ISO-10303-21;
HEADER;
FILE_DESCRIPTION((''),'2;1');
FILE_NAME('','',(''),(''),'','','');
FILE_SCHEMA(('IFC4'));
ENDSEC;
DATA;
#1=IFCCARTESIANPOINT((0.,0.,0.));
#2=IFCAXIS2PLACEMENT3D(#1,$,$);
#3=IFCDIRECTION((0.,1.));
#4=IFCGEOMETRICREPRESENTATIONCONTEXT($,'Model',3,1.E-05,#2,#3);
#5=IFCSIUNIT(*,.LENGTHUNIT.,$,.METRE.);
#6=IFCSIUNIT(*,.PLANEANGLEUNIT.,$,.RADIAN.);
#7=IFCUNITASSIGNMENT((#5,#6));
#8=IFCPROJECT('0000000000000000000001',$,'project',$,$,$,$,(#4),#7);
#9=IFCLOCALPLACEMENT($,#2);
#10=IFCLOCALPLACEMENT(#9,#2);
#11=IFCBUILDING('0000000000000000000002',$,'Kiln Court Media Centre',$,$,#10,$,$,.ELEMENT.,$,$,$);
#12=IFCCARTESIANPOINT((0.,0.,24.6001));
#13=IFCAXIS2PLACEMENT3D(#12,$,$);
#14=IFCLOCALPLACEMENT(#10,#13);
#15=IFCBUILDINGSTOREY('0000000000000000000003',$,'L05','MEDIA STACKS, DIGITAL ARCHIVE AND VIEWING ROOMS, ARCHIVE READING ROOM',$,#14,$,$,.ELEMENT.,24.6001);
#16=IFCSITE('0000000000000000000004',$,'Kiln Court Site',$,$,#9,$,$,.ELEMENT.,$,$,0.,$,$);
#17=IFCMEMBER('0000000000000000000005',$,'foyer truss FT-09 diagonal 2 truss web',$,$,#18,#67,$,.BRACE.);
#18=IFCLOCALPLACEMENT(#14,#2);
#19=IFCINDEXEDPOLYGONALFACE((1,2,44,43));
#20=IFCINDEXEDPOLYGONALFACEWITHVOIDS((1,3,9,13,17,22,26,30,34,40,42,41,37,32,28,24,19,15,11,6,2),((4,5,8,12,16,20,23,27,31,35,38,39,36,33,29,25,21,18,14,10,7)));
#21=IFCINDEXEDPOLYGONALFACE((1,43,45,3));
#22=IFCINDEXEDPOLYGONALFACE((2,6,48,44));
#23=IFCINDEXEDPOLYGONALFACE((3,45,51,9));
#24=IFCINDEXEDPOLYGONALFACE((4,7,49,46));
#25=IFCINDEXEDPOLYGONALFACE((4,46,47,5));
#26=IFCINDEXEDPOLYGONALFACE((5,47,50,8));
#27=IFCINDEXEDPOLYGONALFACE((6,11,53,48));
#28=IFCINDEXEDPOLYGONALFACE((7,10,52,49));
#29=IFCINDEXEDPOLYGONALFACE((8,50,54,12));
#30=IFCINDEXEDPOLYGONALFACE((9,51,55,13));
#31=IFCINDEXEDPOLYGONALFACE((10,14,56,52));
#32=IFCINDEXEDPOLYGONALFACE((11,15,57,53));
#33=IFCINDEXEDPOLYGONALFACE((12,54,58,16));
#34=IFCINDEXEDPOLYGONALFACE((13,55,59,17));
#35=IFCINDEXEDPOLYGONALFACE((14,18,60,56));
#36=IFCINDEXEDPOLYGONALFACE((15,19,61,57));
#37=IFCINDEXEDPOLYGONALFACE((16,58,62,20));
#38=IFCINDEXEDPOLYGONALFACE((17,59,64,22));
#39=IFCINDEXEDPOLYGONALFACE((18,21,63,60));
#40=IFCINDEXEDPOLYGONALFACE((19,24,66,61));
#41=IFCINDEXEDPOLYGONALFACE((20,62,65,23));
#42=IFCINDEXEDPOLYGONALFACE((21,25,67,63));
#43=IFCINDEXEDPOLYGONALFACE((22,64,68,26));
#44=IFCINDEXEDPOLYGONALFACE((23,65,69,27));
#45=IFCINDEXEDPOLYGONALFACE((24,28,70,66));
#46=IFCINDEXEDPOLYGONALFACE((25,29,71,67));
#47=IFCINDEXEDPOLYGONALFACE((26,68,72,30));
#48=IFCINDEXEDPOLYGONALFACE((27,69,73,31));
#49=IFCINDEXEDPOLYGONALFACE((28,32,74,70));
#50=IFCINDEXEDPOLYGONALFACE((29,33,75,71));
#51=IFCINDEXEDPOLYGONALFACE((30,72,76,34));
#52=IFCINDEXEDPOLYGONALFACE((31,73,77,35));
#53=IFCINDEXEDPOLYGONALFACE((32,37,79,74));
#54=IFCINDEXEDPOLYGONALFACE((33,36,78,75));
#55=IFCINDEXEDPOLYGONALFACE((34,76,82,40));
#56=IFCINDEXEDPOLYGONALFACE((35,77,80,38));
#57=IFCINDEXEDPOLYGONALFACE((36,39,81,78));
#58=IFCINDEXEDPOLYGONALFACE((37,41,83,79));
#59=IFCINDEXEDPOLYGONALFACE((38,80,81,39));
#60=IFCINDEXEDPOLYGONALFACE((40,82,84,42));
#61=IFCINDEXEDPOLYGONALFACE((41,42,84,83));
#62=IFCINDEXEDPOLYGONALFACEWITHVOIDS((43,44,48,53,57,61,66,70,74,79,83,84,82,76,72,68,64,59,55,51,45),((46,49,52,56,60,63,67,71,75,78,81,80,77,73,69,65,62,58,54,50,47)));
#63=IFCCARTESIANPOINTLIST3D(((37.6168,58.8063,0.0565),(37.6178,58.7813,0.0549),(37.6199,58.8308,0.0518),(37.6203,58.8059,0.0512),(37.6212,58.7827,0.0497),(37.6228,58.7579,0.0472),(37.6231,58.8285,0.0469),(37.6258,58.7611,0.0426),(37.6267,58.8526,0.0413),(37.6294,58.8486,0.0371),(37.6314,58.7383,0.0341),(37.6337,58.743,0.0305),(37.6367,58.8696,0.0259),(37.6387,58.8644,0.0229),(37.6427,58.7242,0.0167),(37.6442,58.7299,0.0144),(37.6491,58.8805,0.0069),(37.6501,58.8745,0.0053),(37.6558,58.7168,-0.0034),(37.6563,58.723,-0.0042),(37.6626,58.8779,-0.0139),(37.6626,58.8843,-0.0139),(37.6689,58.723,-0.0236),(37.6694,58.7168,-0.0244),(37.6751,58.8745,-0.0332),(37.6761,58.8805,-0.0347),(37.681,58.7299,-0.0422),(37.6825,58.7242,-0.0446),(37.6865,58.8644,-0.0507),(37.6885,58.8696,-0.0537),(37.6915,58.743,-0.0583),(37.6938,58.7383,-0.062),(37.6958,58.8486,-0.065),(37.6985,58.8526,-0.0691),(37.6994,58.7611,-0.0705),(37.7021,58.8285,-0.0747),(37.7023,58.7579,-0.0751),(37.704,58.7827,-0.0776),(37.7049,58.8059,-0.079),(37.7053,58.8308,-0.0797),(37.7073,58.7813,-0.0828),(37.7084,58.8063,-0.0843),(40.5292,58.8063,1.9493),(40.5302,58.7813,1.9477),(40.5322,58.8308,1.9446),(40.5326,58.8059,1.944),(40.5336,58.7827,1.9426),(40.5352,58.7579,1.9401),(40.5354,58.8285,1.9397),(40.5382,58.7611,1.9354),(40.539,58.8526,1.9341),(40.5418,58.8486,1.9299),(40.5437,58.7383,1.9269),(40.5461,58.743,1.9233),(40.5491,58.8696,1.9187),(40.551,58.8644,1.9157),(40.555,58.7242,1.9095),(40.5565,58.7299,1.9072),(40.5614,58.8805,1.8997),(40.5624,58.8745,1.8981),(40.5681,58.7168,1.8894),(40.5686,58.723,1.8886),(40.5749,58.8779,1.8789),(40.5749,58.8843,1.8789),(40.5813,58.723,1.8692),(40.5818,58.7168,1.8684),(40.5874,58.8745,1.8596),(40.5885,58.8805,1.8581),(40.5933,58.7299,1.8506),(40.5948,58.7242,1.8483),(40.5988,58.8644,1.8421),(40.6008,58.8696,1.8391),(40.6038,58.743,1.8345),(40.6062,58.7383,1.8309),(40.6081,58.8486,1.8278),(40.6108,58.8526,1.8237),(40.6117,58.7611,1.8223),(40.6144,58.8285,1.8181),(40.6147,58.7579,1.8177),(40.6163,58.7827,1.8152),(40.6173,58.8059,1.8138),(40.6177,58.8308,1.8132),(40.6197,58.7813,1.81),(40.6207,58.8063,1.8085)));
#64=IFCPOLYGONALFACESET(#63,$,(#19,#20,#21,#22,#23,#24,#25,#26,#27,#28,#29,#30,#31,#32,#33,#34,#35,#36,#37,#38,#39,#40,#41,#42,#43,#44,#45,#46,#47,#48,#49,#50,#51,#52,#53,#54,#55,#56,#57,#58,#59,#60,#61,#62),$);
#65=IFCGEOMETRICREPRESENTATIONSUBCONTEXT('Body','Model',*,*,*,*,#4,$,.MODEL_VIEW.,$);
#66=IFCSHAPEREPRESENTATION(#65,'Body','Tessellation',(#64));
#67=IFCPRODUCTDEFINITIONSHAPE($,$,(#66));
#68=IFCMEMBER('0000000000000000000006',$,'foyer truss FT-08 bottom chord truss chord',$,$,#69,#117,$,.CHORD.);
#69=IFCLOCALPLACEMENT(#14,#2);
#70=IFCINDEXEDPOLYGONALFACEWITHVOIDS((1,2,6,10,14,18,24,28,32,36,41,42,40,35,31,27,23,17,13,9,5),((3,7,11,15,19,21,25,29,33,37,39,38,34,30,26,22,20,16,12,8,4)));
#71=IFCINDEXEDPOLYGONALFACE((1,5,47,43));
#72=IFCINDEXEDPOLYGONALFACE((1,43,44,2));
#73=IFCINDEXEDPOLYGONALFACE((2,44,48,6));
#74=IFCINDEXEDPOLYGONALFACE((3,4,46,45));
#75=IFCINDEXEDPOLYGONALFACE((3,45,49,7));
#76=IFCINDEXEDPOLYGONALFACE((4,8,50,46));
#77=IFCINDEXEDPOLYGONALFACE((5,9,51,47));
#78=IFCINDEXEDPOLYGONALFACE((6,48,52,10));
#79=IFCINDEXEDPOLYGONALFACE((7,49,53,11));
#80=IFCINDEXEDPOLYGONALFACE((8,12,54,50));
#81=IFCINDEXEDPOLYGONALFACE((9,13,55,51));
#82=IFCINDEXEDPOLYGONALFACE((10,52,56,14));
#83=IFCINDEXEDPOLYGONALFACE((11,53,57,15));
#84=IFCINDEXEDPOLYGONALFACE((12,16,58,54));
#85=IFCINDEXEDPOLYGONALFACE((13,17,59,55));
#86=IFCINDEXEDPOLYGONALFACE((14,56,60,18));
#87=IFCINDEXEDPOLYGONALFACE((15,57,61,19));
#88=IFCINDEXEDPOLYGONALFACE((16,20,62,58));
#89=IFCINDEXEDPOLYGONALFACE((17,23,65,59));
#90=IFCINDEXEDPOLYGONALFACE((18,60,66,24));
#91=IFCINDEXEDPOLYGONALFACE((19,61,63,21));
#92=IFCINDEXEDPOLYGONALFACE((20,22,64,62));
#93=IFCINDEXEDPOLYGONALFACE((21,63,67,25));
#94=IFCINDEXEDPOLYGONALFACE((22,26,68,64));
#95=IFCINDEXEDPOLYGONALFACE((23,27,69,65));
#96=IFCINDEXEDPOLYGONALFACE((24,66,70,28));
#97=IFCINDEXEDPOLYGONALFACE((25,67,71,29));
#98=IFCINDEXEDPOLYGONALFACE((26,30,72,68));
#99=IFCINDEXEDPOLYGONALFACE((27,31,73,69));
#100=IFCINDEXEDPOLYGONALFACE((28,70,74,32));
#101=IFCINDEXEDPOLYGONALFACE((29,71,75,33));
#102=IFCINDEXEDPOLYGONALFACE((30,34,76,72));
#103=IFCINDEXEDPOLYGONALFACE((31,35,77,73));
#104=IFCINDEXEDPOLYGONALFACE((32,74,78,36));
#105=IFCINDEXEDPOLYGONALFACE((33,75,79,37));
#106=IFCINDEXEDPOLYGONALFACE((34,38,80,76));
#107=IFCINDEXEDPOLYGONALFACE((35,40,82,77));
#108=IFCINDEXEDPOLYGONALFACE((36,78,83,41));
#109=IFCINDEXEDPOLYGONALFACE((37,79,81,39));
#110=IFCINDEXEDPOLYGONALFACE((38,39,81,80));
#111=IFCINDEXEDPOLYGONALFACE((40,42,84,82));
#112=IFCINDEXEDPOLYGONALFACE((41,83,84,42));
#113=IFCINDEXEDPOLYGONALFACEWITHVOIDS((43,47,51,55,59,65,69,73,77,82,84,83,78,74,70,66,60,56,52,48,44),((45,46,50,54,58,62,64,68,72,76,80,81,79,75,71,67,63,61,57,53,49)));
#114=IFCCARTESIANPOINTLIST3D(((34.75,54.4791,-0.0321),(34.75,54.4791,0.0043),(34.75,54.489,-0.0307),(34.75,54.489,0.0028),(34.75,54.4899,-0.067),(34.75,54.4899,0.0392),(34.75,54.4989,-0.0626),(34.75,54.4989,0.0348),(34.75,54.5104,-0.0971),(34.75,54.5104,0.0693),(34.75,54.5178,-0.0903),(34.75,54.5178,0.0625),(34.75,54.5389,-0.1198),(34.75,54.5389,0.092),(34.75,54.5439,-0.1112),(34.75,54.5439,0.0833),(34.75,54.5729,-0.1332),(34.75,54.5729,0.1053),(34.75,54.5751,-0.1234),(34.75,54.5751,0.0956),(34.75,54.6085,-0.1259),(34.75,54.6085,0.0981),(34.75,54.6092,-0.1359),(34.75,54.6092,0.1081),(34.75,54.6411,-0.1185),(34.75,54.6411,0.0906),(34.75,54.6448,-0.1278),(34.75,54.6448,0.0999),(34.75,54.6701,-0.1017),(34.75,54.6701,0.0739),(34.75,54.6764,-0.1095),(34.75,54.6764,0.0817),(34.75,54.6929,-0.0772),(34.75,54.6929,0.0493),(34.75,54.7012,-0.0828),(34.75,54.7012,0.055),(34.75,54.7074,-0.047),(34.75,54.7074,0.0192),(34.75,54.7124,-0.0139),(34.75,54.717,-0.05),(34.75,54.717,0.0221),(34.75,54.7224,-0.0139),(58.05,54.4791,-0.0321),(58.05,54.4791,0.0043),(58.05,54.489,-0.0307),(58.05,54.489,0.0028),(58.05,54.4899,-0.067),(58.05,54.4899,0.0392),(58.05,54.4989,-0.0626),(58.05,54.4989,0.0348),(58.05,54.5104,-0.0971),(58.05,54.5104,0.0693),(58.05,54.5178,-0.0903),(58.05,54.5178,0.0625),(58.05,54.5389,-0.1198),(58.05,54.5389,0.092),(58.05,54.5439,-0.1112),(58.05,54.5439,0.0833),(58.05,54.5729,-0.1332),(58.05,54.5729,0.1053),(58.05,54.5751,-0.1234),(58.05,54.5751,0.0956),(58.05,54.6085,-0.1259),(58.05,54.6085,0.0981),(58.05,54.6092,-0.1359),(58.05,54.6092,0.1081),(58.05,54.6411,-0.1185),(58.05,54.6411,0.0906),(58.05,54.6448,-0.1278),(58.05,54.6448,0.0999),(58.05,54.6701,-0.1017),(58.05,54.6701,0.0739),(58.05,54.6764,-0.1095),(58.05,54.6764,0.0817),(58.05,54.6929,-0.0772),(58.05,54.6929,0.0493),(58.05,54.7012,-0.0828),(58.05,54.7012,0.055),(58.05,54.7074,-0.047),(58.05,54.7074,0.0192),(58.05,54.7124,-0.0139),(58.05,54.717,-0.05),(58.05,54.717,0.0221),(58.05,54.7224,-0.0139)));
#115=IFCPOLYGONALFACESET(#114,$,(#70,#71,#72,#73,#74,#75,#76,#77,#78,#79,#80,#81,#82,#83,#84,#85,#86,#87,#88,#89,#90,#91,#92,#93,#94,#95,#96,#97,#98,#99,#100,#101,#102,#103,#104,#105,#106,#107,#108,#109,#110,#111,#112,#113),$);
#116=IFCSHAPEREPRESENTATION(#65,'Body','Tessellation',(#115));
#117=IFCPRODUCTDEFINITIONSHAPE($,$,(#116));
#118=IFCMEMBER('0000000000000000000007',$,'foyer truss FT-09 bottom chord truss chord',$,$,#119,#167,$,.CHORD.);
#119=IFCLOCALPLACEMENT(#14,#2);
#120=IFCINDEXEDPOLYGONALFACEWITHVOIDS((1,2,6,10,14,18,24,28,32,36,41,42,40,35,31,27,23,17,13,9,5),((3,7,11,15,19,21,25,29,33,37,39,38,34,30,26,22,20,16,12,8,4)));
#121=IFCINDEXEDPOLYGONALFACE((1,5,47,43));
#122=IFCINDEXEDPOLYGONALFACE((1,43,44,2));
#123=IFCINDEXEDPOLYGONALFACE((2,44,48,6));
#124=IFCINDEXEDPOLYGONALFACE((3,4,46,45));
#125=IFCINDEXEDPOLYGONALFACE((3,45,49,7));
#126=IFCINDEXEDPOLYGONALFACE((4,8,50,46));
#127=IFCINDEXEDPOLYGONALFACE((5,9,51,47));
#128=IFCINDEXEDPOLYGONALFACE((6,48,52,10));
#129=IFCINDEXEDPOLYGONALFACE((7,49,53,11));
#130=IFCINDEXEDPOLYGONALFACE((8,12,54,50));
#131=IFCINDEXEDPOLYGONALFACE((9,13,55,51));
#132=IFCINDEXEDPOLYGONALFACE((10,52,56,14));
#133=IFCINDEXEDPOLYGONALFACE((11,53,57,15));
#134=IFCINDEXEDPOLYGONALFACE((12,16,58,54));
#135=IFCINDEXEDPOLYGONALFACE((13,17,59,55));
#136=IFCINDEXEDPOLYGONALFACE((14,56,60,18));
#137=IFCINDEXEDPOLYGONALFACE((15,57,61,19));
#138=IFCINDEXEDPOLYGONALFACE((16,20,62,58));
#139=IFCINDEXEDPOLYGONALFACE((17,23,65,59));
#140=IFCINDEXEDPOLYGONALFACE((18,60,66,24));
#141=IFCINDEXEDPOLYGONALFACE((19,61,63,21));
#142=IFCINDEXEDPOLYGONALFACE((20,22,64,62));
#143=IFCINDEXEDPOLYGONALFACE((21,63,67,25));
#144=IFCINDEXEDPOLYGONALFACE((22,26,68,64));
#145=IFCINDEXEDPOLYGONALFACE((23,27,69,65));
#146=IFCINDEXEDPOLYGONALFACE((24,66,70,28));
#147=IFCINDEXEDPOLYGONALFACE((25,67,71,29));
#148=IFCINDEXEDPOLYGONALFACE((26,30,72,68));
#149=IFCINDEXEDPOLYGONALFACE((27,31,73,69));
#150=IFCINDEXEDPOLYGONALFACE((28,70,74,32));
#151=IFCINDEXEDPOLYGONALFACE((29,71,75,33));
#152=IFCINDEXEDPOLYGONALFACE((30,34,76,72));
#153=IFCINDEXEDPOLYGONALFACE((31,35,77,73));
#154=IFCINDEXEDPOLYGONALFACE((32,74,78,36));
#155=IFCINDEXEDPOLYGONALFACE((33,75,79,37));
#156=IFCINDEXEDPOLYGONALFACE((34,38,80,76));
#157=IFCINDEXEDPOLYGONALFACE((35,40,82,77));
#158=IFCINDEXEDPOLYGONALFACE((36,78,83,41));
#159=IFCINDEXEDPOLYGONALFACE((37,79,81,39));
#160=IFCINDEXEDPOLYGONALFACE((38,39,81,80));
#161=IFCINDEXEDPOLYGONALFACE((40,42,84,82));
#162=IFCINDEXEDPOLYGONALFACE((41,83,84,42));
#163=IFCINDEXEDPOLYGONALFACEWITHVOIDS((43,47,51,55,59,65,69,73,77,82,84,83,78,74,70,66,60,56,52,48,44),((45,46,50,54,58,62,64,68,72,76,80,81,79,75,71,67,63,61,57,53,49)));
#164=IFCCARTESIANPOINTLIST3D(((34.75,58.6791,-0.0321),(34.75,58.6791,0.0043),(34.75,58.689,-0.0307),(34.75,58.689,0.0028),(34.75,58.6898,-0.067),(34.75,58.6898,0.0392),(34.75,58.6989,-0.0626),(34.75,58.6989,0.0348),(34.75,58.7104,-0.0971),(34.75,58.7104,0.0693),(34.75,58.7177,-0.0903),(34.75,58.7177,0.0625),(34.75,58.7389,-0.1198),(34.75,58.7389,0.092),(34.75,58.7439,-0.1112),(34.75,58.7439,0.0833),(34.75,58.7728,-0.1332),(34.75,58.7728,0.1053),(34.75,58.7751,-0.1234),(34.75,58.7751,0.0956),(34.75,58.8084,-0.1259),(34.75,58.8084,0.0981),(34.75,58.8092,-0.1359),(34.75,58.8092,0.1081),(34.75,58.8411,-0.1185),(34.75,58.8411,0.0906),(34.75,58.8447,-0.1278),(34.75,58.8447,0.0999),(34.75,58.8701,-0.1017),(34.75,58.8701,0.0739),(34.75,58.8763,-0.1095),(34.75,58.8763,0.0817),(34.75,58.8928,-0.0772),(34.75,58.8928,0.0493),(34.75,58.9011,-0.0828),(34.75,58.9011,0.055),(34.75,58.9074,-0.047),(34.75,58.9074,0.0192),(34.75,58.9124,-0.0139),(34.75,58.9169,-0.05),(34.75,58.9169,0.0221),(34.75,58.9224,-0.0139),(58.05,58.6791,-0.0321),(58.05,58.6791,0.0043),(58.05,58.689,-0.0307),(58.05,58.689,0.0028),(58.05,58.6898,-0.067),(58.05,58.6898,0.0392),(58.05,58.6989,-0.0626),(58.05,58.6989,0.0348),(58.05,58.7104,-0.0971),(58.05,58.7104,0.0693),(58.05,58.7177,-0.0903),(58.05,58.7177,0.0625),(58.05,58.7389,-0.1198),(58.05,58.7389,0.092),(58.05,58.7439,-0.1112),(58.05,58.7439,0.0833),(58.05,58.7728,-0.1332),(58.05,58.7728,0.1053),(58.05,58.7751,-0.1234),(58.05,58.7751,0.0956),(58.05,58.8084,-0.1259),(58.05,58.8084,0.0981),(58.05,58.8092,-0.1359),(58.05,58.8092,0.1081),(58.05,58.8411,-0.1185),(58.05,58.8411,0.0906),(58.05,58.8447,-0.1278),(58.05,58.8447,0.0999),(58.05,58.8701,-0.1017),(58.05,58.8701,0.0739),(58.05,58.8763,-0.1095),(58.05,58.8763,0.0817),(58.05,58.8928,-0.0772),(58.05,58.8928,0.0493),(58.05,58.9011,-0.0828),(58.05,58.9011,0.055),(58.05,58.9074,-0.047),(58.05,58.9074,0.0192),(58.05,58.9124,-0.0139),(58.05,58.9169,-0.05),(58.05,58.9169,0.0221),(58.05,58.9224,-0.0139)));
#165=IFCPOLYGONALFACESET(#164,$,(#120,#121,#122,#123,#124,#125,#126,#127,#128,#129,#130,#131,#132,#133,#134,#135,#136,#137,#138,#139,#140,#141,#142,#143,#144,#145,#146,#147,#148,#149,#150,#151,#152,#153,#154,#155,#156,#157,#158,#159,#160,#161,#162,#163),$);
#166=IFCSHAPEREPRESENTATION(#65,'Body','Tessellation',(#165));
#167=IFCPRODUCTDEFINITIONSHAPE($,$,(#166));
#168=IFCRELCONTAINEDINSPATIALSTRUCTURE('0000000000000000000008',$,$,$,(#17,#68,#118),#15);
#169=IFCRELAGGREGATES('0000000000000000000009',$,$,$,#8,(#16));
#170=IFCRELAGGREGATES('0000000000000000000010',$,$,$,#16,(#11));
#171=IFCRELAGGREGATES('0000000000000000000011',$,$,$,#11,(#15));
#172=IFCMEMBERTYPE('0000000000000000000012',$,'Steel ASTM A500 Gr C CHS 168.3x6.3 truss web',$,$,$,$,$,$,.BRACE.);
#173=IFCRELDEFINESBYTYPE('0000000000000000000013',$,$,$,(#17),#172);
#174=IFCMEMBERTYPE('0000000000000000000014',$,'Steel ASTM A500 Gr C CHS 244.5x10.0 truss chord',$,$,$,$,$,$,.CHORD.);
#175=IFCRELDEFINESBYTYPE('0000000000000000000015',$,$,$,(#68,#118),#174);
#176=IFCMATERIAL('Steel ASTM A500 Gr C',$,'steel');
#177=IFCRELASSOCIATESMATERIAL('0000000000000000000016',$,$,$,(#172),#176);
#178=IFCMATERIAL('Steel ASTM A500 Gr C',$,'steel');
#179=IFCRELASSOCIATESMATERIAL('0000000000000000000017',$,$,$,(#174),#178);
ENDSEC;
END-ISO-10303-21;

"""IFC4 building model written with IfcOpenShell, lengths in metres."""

from ifc_helpers import new_model, si_unit, direction, frame, origin, origin_2d, place, context, subcontext, project, spatial, hollow_circle, extrude, material, material_profile, profile_set, type_object, element, save


model = new_model("IFC4")

# Units and contexts
model_context = context("Model", 3, precision=1e-05, world=origin(), true_north=direction((0.0, 1.0)))
body_context = subcontext(model_context, "Body", "Model", "MODEL_VIEW")
ifc_project = project(units=[si_unit("LENGTHUNIT", "METRE"), si_unit("PLANEANGLEUNIT", "RADIAN")], contexts=[model_context])

# Site, building, storey
site_placement = place(None, origin())
site = spatial("IfcSite", under=ifc_project, at=site_placement, Name="Kiln Court Site", CompositionType="ELEMENT", RefElevation=0.0)
building_placement = place(site_placement, origin())
building = spatial("IfcBuilding", under=site, at=building_placement, Name="Kiln Court Media Centre", CompositionType="ELEMENT")
storey_placement = place(building_placement, frame((0.0, 0.0, 24.6001)))
storey = spatial("IfcBuildingStorey", under=building, at=storey_placement, Name="L05", Description="MEDIA STACKS, DIGITAL ARCHIVE AND VIEWING ROOMS, ARCHIVE READING ROOM", CompositionType="ELEMENT", Elevation=24.6001)

# Members
ifc_material_1 = material(Name="Steel ASTM A500 Gr C", Category="steel")
ifc_material_profile_1 = material_profile(ifc_material_1, hollow_circle(Radius=0.0842, WallThickness=0.0063, at=origin_2d()), Name="CHS 168.3x6.3")
ifc_profile_set_1 = profile_set([ifc_material_profile_1], Name="Steel ASTM A500 Gr C")
member_type_1 = type_object("IfcMemberType", Name="Steel ASTM A500 Gr C CHS 168.3x6.3 truss web", PredefinedType="BRACE", material=ifc_profile_set_1)
for number, where, z_axis, x_axis, name in (
    (1, (37.6626, 58.8, -0.0139), (0.838471, 0.0, 0.544946), (0.0, 1.0, 0.0), "foyer truss FT-09 diagonal 2 truss web"),
):
    element("IfcMember", number, at=place(storey_placement, frame(where, z_axis=z_axis, x_axis=x_axis)), inside=storey, type_object=member_type_1, Name=name, PredefinedType="BRACE", context=body_context, shape_type="SweptSolid", body=[
        extrude(hollow_circle(Radius=0.0842, WallThickness=0.0063, at=origin_2d()), origin(), (0.0, 0.0, 1.0), 3.4734),
    ])
ifc_material_2 = material(Name="Steel ASTM A500 Gr C", Category="steel")
ifc_material_profile_2 = material_profile(ifc_material_2, hollow_circle(Radius=0.1223, WallThickness=0.01, at=origin_2d()), Name="CHS 244.5x10.0")
ifc_profile_set_2 = profile_set([ifc_material_profile_2], Name="Steel ASTM A500 Gr C")
member_type_2 = type_object("IfcMemberType", Name="Steel ASTM A500 Gr C CHS 244.5x10.0 truss chord", PredefinedType="CHORD", material=ifc_profile_set_2)
for number, where, z_axis, x_axis, name in (
    (2, (34.75, 54.6001, -0.0139), (1.0, 0.0, 0.0), (0.0, 1.0, 0.0), "foyer truss FT-08 bottom chord truss chord"),
    (3, (34.75, 58.8, -0.0139), (1.0, 0.0, 0.0), (0.0, 1.0, 0.0), "foyer truss FT-09 bottom chord truss chord"),
):
    element("IfcMember", number, at=place(storey_placement, frame(where, z_axis=z_axis, x_axis=x_axis)), inside=storey, type_object=member_type_2, Name=name, PredefinedType="CHORD", context=body_context, shape_type="SweptSolid", body=[
        extrude(hollow_circle(Radius=0.1223, WallThickness=0.01, at=origin_2d()), origin(), (0.0, 0.0, 1.0), 23.3),
    ])

save(model, "model.ifc")
